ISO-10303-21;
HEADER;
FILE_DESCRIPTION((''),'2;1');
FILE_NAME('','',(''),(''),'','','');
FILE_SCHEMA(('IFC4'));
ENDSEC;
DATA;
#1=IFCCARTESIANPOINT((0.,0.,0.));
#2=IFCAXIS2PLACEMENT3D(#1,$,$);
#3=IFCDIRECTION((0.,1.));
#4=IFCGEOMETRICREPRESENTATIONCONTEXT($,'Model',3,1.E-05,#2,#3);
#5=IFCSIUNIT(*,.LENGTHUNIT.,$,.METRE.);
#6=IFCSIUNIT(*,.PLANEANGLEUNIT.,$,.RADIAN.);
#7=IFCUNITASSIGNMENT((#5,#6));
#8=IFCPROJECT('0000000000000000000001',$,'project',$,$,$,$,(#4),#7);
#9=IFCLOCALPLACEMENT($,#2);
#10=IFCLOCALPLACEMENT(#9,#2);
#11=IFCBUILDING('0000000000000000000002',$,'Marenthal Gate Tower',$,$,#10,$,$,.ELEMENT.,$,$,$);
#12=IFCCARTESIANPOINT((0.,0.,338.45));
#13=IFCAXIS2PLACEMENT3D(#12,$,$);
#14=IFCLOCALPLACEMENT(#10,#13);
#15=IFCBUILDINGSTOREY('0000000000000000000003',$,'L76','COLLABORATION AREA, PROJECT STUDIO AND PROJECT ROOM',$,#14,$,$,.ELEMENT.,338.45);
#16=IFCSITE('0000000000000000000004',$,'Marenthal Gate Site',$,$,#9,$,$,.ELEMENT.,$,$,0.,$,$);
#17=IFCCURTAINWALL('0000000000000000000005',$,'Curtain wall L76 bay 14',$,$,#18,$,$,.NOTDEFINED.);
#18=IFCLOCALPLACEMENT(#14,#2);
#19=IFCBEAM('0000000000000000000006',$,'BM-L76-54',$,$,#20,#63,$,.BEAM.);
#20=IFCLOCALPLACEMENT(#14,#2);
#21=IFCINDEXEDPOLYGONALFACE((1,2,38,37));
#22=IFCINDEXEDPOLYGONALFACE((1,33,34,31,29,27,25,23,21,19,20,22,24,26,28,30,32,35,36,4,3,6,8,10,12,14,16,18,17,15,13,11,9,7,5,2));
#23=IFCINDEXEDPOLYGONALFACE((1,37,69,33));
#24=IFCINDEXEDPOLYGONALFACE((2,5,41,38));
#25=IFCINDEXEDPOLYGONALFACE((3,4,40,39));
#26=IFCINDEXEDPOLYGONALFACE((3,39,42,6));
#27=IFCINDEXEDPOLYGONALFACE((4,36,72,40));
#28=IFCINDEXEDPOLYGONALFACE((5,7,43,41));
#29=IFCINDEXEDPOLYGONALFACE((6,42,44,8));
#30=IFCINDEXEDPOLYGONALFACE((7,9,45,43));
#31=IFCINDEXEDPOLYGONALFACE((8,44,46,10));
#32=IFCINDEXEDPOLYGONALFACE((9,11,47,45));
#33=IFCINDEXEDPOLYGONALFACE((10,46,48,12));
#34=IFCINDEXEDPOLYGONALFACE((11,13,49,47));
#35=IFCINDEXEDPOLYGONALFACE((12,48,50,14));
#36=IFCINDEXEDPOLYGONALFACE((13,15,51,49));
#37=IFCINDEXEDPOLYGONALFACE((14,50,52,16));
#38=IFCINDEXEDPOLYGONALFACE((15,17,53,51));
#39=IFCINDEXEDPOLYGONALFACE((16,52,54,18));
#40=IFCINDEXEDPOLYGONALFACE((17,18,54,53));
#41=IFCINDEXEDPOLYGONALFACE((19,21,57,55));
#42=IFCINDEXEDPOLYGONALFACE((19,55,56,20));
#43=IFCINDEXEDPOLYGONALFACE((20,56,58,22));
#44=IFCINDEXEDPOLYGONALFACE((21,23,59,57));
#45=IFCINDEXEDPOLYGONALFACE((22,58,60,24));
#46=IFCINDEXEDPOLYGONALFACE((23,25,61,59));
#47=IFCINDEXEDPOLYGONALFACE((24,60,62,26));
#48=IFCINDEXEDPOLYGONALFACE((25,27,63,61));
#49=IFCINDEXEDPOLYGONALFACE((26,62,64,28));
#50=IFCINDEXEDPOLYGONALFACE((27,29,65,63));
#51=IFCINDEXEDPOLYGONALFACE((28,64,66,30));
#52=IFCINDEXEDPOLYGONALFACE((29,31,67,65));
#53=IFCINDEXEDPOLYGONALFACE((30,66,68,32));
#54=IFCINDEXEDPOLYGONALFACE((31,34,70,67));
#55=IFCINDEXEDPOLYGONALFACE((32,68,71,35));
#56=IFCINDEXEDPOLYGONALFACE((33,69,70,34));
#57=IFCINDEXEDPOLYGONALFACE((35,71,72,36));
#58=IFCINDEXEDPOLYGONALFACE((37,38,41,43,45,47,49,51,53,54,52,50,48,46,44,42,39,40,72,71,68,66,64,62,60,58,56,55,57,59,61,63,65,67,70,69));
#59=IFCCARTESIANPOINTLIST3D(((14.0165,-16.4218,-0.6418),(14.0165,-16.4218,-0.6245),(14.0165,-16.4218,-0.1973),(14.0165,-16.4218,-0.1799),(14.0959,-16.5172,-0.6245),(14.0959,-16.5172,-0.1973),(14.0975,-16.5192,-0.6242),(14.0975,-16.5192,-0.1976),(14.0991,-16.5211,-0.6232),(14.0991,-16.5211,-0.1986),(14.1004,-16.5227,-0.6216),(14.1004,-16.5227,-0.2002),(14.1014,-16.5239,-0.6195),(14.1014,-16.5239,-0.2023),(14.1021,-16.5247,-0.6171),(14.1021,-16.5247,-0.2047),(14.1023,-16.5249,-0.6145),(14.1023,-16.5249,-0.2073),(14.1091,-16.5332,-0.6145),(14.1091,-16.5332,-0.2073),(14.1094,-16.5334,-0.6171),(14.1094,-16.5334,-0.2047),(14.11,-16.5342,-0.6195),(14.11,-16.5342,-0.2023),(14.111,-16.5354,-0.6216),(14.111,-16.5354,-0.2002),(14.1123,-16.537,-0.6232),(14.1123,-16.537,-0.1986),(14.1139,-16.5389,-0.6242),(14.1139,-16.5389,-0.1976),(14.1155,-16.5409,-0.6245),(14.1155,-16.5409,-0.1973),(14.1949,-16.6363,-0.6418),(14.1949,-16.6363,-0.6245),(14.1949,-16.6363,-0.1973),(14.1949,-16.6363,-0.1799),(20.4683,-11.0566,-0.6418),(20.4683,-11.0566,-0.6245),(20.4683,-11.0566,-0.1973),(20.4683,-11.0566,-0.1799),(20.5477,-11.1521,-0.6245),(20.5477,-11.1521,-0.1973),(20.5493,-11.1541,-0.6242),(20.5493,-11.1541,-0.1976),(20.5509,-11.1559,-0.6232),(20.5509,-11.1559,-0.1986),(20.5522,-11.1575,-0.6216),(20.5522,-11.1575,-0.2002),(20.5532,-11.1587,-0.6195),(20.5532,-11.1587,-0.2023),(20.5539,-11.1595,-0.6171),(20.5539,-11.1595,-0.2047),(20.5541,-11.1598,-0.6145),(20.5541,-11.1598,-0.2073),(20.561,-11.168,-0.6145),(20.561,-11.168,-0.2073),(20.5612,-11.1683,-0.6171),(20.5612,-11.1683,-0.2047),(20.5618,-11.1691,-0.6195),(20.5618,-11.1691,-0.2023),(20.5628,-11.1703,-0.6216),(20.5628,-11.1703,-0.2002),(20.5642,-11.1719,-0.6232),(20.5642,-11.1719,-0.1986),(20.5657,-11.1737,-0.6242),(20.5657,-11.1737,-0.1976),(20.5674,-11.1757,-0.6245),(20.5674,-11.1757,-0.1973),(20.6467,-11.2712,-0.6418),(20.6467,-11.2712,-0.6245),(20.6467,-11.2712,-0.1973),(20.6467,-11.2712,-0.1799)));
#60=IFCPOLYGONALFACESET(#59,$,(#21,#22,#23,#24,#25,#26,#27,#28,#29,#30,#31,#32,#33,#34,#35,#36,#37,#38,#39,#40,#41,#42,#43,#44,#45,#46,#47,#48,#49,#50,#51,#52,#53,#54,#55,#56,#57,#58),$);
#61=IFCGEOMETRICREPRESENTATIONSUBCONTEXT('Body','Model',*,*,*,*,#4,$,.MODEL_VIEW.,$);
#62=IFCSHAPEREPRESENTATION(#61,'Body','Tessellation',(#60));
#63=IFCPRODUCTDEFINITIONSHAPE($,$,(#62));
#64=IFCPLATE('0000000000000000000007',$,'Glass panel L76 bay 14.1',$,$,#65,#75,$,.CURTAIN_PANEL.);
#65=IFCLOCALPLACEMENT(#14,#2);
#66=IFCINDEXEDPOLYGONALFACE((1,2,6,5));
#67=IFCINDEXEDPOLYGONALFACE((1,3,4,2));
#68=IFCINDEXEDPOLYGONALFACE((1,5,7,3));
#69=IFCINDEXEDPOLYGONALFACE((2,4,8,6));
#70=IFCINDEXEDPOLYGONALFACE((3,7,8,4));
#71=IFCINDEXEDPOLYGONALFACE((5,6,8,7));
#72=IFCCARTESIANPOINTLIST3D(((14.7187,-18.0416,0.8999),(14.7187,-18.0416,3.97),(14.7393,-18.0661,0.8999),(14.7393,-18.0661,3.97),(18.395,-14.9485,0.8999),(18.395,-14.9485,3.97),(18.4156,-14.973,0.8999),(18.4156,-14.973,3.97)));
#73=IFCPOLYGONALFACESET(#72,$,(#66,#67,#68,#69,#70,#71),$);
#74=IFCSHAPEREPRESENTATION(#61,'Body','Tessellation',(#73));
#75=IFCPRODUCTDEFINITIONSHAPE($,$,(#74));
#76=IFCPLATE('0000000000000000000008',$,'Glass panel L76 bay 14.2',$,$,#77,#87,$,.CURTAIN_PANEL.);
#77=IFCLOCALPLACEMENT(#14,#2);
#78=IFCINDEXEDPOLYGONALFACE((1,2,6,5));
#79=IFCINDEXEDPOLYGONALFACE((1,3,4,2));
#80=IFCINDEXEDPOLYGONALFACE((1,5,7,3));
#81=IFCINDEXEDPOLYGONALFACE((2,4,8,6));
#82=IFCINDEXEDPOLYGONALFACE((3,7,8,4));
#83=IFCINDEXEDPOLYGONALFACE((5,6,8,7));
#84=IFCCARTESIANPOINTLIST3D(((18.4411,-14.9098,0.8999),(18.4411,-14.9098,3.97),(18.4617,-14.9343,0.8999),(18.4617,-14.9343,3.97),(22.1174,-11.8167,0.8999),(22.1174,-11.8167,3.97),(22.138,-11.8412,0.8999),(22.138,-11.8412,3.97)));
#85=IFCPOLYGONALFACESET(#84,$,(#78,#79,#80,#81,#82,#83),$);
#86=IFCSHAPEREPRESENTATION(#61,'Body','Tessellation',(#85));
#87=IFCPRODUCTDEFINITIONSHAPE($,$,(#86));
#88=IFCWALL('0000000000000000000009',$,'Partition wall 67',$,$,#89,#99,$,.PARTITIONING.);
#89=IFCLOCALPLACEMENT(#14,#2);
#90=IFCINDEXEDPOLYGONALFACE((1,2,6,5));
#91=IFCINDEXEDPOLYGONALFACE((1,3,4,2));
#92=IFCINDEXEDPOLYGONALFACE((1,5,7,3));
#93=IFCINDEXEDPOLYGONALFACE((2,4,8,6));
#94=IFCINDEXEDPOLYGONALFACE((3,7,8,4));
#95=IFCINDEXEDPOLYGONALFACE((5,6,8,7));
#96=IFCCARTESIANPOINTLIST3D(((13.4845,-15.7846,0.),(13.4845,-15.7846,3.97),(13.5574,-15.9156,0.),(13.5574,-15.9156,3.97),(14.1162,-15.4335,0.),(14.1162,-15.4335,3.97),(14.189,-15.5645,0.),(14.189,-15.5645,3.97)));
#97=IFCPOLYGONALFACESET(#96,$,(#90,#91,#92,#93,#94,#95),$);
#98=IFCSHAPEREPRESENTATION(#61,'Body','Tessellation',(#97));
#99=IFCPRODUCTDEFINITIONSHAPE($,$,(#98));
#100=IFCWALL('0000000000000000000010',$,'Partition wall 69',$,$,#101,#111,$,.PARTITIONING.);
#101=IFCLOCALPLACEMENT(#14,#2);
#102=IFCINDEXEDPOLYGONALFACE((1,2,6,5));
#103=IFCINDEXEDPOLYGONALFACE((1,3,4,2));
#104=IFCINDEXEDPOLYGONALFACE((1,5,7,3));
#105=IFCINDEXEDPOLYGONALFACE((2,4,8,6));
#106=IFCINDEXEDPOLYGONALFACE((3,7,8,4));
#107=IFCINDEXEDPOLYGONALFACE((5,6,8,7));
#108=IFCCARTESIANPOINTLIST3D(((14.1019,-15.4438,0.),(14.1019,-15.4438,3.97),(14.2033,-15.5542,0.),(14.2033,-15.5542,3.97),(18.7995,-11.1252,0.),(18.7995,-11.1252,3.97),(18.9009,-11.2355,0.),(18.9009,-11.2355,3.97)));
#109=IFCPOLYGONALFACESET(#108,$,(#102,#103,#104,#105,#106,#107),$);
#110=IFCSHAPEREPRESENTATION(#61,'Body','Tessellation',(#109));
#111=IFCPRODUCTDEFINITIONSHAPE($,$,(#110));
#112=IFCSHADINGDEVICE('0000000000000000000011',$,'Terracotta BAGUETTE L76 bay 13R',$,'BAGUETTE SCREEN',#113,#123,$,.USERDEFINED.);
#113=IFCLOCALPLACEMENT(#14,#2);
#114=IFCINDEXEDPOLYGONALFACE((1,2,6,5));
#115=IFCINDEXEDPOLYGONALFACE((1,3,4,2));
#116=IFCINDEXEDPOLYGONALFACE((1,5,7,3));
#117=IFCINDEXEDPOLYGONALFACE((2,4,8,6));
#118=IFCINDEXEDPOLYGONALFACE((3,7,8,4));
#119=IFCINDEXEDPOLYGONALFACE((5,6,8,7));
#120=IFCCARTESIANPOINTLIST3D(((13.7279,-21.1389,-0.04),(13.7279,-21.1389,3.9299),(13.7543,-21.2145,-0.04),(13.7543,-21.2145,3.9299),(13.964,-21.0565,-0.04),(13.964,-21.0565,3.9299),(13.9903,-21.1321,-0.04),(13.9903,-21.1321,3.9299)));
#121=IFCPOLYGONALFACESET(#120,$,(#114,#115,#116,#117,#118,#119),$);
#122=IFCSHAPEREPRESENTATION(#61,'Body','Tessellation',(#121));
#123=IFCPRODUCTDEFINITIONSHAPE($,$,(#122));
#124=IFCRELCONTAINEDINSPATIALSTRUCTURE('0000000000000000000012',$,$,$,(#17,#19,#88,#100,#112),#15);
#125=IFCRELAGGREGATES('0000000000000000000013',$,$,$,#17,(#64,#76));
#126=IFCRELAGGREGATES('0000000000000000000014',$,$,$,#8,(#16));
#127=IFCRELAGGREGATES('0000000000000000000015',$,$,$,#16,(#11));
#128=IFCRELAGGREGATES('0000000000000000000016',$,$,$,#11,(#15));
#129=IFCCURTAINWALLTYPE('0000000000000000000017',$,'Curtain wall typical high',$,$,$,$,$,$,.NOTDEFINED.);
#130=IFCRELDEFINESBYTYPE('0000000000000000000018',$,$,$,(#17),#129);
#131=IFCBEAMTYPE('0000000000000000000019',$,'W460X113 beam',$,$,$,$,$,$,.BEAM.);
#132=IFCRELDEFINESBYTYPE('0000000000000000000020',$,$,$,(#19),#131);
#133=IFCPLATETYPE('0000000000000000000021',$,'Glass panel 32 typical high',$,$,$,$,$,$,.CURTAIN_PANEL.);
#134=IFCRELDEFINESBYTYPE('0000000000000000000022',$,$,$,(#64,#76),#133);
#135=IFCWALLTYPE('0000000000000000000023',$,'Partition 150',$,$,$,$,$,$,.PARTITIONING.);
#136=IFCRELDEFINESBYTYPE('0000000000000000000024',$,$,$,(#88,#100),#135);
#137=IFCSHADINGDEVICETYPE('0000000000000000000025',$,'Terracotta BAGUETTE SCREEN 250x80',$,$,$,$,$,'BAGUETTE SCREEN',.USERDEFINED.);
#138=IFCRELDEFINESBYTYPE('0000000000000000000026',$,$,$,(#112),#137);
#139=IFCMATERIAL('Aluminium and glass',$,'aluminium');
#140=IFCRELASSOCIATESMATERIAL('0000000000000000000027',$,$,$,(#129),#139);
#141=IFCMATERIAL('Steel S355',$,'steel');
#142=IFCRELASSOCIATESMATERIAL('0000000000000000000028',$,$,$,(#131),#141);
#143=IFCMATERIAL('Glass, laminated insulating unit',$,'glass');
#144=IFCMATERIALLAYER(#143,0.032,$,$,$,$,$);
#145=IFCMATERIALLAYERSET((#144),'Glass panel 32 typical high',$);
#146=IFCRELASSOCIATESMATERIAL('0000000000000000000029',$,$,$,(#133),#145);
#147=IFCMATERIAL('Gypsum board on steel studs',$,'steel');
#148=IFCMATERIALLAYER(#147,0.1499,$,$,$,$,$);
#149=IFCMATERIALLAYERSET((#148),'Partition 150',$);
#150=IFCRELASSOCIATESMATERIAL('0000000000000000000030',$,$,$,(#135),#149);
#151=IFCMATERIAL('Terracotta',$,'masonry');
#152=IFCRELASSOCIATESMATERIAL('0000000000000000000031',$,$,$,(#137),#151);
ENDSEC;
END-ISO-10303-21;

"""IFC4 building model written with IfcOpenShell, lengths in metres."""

from ifc_helpers import new_model, si_unit, direction, frame, frame_2d, origin, origin_2d, place, context, subcontext, project, spatial, rectangle, i_section, extrude, material, layer, layer_set, material_profile, profile_set, type_object, element, aggregate, save


model = new_model("IFC4")

# Units and contexts
model_context = context("Model", 3, precision=1e-05, world=origin(), true_north=direction((0.0, 1.0)))
body_context = subcontext(model_context, "Body", "Model", "MODEL_VIEW")
ifc_project = project(units=[si_unit("LENGTHUNIT", "METRE"), si_unit("PLANEANGLEUNIT", "RADIAN")], contexts=[model_context])

# Site, building, storey
site_placement = place(None, origin())
site = spatial("IfcSite", under=ifc_project, at=site_placement, Name="Marenthal Gate Site", CompositionType="ELEMENT", RefElevation=0.0)
building_placement = place(site_placement, origin())
building = spatial("IfcBuilding", under=site, at=building_placement, Name="Marenthal Gate Tower", CompositionType="ELEMENT")
storey_placement = place(building_placement, frame((0.0, 0.0, 338.45)))
storey = spatial("IfcBuildingStorey", under=building, at=storey_placement, Name="L76", Description="COLLABORATION AREA, PROJECT STUDIO AND PROJECT ROOM", CompositionType="ELEMENT", Elevation=338.45)

# Curtain wall
ifc_material_1 = material(Name="Aluminium and glass", Category="aluminium")
curtain_wall_type = type_object("IfcCurtainWallType", Name="Curtain wall typical high", PredefinedType="NOTDEFINED", material=ifc_material_1)
curtain_wall_placement = place(storey_placement, origin())
curtain_wall = element("IfcCurtainWall", 1, at=curtain_wall_placement, inside=storey, type_object=curtain_wall_type, Name="Curtain wall L76 bay 14", PredefinedType="NOTDEFINED")

# Beam
ifc_material_2 = material(Name="Steel S355", Category="steel")
ifc_material_profile_1 = material_profile(ifc_material_2, i_section(OverallWidth=0.2791, OverallDepth=0.4619, WebThickness=0.0107, FlangeThickness=0.0173, FilletRadius=0.01, at=origin_2d()), Name="W460X113")
ifc_profile_set_1 = profile_set([ifc_material_profile_1], Name="Steel S355")
beam_type_1 = type_object("IfcBeamType", Name="W460X113 beam", PredefinedType="BEAM", material=ifc_profile_set_1)
beam_1_placement = place(storey_placement, frame((14.1057, -16.5291, -0.4109), z_axis=(0.768886, 0.639386, 0.0), x_axis=(-0.639386, 0.768886, 0.0)))
element("IfcBeam", 2, at=beam_1_placement, inside=storey, type_object=beam_type_1, Name="BM-L76-54", PredefinedType="BEAM", context=body_context, shape_type="SweptSolid", body=[
    extrude(i_section(OverallWidth=0.2791, OverallDepth=0.4619, WebThickness=0.0107, FlangeThickness=0.0173, FilletRadius=0.01, at=origin_2d()), origin(), (0.0, 0.0, 1.0), 8.3911),
])

# Plates
ifc_material_3 = material(Name="Glass, laminated insulating unit", Category="glass")
ifc_layer_1 = layer(ifc_material_3, 0.032)
ifc_layer_set_1 = layer_set([ifc_layer_1], Name="Glass panel 32 typical high")
plate_type = type_object("IfcPlateType", Name="Glass panel 32 typical high", PredefinedType="CURTAIN_PANEL", material=ifc_layer_set_1)
plate_1_placement = place(storey_placement, frame((16.5671, -16.5073, 0.8999), z_axis=(0.0, 0.0, 1.0), x_axis=(0.765193, 0.643801, 0.0)))
plate_1 = element("IfcPlate", 3, at=plate_1_placement, type_object=plate_type, Name="Glass panel L76 bay 14.1", PredefinedType="CURTAIN_PANEL", context=body_context, shape_type="SweptSolid", body=[
    extrude(rectangle(XDim=4.8044, YDim=0.032, at=origin_2d()), origin(), (0.0, 0.0, 1.0), 3.0701),
])
plate_2_placement = place(storey_placement, frame((20.2896, -13.3755, 0.8999), z_axis=(0.0, 0.0, 1.0), x_axis=(0.765193, 0.643801, 0.0)))
plate_2 = element("IfcPlate", 4, at=plate_2_placement, type_object=plate_type, Name="Glass panel L76 bay 14.2", PredefinedType="CURTAIN_PANEL", context=body_context, shape_type="SweptSolid", body=[
    extrude(rectangle(XDim=4.8044, YDim=0.032, at=origin_2d()), origin(), (0.0, 0.0, 1.0), 3.0701),
])
aggregate(curtain_wall, [plate_1, plate_2])

# Walls
ifc_material_4 = material(Name="Gypsum board on steel studs", Category="steel")
ifc_layer_2 = layer(ifc_material_4, 0.1499)
ifc_layer_set_2 = layer_set([ifc_layer_2], Name="Partition 150")
wall_type_1 = type_object("IfcWallType", Name="Partition 150", PredefinedType="PARTITIONING", material=ifc_layer_set_2)
wall_1_placement = place(storey_placement, frame((14.1526, -15.499, 0.0), z_axis=(0.0, 0.0, 1.0), x_axis=(-0.874046, -0.485844, 0.0)))
element("IfcWall", 5, at=wall_1_placement, inside=storey, type_object=wall_type_1, Name="Partition wall 67", PredefinedType="PARTITIONING", context=body_context, shape_type="SweptSolid", body=[
    extrude(rectangle(XDim=0.7227, YDim=0.1499, at=frame_2d((0.3613, 0.0))), origin(), (0.0, 0.0, 1.0), 3.97),
])
wall_2_placement = place(storey_placement, frame((18.8501, -11.1804, 0.0), z_axis=(0.0, 0.0, 1.0), x_axis=(-0.736173, -0.676793, 0.0)))
element("IfcWall", 6, at=wall_2_placement, inside=storey, type_object=wall_type_1, Name="Partition wall 69", PredefinedType="PARTITIONING", context=body_context, shape_type="SweptSolid", body=[
    extrude(rectangle(XDim=6.3811, YDim=0.1499, at=frame_2d((3.1904, 0.0))), origin(), (0.0, 0.0, 1.0), 3.97),
])

# Shading device
ifc_material_5 = material(Name="Terracotta", Category="masonry")
ifc_material_profile_2 = material_profile(ifc_material_5, rectangle(XDim=0.25, YDim=0.0801, at=origin_2d()), Name="Terracotta baguette 250x80")
ifc_profile_set_2 = profile_set([ifc_material_profile_2], Name="Terracotta")
shading_device_type = type_object("IfcShadingDeviceType", Name="Terracotta BAGUETTE SCREEN 250x80", ElementType="BAGUETTE SCREEN", PredefinedType="USERDEFINED", material=ifc_profile_set_2)
shading_device_placement = place(storey_placement, frame((13.8591, -21.1355, -0.04), z_axis=(0.0, 0.0, 1.0), x_axis=(0.944186, 0.329413, 0.0)))
element("IfcShadingDevice", 7, at=shading_device_placement, inside=storey, type_object=shading_device_type, Name="Terracotta BAGUETTE L76 bay 13R", ObjectType="BAGUETTE SCREEN", PredefinedType="USERDEFINED", context=body_context, shape_type="SweptSolid", body=[
    extrude(rectangle(XDim=0.25, YDim=0.0801, at=origin_2d()), origin(), (0.0, 0.0, 1.0), 3.97),
])

save(model, "model.ifc")
